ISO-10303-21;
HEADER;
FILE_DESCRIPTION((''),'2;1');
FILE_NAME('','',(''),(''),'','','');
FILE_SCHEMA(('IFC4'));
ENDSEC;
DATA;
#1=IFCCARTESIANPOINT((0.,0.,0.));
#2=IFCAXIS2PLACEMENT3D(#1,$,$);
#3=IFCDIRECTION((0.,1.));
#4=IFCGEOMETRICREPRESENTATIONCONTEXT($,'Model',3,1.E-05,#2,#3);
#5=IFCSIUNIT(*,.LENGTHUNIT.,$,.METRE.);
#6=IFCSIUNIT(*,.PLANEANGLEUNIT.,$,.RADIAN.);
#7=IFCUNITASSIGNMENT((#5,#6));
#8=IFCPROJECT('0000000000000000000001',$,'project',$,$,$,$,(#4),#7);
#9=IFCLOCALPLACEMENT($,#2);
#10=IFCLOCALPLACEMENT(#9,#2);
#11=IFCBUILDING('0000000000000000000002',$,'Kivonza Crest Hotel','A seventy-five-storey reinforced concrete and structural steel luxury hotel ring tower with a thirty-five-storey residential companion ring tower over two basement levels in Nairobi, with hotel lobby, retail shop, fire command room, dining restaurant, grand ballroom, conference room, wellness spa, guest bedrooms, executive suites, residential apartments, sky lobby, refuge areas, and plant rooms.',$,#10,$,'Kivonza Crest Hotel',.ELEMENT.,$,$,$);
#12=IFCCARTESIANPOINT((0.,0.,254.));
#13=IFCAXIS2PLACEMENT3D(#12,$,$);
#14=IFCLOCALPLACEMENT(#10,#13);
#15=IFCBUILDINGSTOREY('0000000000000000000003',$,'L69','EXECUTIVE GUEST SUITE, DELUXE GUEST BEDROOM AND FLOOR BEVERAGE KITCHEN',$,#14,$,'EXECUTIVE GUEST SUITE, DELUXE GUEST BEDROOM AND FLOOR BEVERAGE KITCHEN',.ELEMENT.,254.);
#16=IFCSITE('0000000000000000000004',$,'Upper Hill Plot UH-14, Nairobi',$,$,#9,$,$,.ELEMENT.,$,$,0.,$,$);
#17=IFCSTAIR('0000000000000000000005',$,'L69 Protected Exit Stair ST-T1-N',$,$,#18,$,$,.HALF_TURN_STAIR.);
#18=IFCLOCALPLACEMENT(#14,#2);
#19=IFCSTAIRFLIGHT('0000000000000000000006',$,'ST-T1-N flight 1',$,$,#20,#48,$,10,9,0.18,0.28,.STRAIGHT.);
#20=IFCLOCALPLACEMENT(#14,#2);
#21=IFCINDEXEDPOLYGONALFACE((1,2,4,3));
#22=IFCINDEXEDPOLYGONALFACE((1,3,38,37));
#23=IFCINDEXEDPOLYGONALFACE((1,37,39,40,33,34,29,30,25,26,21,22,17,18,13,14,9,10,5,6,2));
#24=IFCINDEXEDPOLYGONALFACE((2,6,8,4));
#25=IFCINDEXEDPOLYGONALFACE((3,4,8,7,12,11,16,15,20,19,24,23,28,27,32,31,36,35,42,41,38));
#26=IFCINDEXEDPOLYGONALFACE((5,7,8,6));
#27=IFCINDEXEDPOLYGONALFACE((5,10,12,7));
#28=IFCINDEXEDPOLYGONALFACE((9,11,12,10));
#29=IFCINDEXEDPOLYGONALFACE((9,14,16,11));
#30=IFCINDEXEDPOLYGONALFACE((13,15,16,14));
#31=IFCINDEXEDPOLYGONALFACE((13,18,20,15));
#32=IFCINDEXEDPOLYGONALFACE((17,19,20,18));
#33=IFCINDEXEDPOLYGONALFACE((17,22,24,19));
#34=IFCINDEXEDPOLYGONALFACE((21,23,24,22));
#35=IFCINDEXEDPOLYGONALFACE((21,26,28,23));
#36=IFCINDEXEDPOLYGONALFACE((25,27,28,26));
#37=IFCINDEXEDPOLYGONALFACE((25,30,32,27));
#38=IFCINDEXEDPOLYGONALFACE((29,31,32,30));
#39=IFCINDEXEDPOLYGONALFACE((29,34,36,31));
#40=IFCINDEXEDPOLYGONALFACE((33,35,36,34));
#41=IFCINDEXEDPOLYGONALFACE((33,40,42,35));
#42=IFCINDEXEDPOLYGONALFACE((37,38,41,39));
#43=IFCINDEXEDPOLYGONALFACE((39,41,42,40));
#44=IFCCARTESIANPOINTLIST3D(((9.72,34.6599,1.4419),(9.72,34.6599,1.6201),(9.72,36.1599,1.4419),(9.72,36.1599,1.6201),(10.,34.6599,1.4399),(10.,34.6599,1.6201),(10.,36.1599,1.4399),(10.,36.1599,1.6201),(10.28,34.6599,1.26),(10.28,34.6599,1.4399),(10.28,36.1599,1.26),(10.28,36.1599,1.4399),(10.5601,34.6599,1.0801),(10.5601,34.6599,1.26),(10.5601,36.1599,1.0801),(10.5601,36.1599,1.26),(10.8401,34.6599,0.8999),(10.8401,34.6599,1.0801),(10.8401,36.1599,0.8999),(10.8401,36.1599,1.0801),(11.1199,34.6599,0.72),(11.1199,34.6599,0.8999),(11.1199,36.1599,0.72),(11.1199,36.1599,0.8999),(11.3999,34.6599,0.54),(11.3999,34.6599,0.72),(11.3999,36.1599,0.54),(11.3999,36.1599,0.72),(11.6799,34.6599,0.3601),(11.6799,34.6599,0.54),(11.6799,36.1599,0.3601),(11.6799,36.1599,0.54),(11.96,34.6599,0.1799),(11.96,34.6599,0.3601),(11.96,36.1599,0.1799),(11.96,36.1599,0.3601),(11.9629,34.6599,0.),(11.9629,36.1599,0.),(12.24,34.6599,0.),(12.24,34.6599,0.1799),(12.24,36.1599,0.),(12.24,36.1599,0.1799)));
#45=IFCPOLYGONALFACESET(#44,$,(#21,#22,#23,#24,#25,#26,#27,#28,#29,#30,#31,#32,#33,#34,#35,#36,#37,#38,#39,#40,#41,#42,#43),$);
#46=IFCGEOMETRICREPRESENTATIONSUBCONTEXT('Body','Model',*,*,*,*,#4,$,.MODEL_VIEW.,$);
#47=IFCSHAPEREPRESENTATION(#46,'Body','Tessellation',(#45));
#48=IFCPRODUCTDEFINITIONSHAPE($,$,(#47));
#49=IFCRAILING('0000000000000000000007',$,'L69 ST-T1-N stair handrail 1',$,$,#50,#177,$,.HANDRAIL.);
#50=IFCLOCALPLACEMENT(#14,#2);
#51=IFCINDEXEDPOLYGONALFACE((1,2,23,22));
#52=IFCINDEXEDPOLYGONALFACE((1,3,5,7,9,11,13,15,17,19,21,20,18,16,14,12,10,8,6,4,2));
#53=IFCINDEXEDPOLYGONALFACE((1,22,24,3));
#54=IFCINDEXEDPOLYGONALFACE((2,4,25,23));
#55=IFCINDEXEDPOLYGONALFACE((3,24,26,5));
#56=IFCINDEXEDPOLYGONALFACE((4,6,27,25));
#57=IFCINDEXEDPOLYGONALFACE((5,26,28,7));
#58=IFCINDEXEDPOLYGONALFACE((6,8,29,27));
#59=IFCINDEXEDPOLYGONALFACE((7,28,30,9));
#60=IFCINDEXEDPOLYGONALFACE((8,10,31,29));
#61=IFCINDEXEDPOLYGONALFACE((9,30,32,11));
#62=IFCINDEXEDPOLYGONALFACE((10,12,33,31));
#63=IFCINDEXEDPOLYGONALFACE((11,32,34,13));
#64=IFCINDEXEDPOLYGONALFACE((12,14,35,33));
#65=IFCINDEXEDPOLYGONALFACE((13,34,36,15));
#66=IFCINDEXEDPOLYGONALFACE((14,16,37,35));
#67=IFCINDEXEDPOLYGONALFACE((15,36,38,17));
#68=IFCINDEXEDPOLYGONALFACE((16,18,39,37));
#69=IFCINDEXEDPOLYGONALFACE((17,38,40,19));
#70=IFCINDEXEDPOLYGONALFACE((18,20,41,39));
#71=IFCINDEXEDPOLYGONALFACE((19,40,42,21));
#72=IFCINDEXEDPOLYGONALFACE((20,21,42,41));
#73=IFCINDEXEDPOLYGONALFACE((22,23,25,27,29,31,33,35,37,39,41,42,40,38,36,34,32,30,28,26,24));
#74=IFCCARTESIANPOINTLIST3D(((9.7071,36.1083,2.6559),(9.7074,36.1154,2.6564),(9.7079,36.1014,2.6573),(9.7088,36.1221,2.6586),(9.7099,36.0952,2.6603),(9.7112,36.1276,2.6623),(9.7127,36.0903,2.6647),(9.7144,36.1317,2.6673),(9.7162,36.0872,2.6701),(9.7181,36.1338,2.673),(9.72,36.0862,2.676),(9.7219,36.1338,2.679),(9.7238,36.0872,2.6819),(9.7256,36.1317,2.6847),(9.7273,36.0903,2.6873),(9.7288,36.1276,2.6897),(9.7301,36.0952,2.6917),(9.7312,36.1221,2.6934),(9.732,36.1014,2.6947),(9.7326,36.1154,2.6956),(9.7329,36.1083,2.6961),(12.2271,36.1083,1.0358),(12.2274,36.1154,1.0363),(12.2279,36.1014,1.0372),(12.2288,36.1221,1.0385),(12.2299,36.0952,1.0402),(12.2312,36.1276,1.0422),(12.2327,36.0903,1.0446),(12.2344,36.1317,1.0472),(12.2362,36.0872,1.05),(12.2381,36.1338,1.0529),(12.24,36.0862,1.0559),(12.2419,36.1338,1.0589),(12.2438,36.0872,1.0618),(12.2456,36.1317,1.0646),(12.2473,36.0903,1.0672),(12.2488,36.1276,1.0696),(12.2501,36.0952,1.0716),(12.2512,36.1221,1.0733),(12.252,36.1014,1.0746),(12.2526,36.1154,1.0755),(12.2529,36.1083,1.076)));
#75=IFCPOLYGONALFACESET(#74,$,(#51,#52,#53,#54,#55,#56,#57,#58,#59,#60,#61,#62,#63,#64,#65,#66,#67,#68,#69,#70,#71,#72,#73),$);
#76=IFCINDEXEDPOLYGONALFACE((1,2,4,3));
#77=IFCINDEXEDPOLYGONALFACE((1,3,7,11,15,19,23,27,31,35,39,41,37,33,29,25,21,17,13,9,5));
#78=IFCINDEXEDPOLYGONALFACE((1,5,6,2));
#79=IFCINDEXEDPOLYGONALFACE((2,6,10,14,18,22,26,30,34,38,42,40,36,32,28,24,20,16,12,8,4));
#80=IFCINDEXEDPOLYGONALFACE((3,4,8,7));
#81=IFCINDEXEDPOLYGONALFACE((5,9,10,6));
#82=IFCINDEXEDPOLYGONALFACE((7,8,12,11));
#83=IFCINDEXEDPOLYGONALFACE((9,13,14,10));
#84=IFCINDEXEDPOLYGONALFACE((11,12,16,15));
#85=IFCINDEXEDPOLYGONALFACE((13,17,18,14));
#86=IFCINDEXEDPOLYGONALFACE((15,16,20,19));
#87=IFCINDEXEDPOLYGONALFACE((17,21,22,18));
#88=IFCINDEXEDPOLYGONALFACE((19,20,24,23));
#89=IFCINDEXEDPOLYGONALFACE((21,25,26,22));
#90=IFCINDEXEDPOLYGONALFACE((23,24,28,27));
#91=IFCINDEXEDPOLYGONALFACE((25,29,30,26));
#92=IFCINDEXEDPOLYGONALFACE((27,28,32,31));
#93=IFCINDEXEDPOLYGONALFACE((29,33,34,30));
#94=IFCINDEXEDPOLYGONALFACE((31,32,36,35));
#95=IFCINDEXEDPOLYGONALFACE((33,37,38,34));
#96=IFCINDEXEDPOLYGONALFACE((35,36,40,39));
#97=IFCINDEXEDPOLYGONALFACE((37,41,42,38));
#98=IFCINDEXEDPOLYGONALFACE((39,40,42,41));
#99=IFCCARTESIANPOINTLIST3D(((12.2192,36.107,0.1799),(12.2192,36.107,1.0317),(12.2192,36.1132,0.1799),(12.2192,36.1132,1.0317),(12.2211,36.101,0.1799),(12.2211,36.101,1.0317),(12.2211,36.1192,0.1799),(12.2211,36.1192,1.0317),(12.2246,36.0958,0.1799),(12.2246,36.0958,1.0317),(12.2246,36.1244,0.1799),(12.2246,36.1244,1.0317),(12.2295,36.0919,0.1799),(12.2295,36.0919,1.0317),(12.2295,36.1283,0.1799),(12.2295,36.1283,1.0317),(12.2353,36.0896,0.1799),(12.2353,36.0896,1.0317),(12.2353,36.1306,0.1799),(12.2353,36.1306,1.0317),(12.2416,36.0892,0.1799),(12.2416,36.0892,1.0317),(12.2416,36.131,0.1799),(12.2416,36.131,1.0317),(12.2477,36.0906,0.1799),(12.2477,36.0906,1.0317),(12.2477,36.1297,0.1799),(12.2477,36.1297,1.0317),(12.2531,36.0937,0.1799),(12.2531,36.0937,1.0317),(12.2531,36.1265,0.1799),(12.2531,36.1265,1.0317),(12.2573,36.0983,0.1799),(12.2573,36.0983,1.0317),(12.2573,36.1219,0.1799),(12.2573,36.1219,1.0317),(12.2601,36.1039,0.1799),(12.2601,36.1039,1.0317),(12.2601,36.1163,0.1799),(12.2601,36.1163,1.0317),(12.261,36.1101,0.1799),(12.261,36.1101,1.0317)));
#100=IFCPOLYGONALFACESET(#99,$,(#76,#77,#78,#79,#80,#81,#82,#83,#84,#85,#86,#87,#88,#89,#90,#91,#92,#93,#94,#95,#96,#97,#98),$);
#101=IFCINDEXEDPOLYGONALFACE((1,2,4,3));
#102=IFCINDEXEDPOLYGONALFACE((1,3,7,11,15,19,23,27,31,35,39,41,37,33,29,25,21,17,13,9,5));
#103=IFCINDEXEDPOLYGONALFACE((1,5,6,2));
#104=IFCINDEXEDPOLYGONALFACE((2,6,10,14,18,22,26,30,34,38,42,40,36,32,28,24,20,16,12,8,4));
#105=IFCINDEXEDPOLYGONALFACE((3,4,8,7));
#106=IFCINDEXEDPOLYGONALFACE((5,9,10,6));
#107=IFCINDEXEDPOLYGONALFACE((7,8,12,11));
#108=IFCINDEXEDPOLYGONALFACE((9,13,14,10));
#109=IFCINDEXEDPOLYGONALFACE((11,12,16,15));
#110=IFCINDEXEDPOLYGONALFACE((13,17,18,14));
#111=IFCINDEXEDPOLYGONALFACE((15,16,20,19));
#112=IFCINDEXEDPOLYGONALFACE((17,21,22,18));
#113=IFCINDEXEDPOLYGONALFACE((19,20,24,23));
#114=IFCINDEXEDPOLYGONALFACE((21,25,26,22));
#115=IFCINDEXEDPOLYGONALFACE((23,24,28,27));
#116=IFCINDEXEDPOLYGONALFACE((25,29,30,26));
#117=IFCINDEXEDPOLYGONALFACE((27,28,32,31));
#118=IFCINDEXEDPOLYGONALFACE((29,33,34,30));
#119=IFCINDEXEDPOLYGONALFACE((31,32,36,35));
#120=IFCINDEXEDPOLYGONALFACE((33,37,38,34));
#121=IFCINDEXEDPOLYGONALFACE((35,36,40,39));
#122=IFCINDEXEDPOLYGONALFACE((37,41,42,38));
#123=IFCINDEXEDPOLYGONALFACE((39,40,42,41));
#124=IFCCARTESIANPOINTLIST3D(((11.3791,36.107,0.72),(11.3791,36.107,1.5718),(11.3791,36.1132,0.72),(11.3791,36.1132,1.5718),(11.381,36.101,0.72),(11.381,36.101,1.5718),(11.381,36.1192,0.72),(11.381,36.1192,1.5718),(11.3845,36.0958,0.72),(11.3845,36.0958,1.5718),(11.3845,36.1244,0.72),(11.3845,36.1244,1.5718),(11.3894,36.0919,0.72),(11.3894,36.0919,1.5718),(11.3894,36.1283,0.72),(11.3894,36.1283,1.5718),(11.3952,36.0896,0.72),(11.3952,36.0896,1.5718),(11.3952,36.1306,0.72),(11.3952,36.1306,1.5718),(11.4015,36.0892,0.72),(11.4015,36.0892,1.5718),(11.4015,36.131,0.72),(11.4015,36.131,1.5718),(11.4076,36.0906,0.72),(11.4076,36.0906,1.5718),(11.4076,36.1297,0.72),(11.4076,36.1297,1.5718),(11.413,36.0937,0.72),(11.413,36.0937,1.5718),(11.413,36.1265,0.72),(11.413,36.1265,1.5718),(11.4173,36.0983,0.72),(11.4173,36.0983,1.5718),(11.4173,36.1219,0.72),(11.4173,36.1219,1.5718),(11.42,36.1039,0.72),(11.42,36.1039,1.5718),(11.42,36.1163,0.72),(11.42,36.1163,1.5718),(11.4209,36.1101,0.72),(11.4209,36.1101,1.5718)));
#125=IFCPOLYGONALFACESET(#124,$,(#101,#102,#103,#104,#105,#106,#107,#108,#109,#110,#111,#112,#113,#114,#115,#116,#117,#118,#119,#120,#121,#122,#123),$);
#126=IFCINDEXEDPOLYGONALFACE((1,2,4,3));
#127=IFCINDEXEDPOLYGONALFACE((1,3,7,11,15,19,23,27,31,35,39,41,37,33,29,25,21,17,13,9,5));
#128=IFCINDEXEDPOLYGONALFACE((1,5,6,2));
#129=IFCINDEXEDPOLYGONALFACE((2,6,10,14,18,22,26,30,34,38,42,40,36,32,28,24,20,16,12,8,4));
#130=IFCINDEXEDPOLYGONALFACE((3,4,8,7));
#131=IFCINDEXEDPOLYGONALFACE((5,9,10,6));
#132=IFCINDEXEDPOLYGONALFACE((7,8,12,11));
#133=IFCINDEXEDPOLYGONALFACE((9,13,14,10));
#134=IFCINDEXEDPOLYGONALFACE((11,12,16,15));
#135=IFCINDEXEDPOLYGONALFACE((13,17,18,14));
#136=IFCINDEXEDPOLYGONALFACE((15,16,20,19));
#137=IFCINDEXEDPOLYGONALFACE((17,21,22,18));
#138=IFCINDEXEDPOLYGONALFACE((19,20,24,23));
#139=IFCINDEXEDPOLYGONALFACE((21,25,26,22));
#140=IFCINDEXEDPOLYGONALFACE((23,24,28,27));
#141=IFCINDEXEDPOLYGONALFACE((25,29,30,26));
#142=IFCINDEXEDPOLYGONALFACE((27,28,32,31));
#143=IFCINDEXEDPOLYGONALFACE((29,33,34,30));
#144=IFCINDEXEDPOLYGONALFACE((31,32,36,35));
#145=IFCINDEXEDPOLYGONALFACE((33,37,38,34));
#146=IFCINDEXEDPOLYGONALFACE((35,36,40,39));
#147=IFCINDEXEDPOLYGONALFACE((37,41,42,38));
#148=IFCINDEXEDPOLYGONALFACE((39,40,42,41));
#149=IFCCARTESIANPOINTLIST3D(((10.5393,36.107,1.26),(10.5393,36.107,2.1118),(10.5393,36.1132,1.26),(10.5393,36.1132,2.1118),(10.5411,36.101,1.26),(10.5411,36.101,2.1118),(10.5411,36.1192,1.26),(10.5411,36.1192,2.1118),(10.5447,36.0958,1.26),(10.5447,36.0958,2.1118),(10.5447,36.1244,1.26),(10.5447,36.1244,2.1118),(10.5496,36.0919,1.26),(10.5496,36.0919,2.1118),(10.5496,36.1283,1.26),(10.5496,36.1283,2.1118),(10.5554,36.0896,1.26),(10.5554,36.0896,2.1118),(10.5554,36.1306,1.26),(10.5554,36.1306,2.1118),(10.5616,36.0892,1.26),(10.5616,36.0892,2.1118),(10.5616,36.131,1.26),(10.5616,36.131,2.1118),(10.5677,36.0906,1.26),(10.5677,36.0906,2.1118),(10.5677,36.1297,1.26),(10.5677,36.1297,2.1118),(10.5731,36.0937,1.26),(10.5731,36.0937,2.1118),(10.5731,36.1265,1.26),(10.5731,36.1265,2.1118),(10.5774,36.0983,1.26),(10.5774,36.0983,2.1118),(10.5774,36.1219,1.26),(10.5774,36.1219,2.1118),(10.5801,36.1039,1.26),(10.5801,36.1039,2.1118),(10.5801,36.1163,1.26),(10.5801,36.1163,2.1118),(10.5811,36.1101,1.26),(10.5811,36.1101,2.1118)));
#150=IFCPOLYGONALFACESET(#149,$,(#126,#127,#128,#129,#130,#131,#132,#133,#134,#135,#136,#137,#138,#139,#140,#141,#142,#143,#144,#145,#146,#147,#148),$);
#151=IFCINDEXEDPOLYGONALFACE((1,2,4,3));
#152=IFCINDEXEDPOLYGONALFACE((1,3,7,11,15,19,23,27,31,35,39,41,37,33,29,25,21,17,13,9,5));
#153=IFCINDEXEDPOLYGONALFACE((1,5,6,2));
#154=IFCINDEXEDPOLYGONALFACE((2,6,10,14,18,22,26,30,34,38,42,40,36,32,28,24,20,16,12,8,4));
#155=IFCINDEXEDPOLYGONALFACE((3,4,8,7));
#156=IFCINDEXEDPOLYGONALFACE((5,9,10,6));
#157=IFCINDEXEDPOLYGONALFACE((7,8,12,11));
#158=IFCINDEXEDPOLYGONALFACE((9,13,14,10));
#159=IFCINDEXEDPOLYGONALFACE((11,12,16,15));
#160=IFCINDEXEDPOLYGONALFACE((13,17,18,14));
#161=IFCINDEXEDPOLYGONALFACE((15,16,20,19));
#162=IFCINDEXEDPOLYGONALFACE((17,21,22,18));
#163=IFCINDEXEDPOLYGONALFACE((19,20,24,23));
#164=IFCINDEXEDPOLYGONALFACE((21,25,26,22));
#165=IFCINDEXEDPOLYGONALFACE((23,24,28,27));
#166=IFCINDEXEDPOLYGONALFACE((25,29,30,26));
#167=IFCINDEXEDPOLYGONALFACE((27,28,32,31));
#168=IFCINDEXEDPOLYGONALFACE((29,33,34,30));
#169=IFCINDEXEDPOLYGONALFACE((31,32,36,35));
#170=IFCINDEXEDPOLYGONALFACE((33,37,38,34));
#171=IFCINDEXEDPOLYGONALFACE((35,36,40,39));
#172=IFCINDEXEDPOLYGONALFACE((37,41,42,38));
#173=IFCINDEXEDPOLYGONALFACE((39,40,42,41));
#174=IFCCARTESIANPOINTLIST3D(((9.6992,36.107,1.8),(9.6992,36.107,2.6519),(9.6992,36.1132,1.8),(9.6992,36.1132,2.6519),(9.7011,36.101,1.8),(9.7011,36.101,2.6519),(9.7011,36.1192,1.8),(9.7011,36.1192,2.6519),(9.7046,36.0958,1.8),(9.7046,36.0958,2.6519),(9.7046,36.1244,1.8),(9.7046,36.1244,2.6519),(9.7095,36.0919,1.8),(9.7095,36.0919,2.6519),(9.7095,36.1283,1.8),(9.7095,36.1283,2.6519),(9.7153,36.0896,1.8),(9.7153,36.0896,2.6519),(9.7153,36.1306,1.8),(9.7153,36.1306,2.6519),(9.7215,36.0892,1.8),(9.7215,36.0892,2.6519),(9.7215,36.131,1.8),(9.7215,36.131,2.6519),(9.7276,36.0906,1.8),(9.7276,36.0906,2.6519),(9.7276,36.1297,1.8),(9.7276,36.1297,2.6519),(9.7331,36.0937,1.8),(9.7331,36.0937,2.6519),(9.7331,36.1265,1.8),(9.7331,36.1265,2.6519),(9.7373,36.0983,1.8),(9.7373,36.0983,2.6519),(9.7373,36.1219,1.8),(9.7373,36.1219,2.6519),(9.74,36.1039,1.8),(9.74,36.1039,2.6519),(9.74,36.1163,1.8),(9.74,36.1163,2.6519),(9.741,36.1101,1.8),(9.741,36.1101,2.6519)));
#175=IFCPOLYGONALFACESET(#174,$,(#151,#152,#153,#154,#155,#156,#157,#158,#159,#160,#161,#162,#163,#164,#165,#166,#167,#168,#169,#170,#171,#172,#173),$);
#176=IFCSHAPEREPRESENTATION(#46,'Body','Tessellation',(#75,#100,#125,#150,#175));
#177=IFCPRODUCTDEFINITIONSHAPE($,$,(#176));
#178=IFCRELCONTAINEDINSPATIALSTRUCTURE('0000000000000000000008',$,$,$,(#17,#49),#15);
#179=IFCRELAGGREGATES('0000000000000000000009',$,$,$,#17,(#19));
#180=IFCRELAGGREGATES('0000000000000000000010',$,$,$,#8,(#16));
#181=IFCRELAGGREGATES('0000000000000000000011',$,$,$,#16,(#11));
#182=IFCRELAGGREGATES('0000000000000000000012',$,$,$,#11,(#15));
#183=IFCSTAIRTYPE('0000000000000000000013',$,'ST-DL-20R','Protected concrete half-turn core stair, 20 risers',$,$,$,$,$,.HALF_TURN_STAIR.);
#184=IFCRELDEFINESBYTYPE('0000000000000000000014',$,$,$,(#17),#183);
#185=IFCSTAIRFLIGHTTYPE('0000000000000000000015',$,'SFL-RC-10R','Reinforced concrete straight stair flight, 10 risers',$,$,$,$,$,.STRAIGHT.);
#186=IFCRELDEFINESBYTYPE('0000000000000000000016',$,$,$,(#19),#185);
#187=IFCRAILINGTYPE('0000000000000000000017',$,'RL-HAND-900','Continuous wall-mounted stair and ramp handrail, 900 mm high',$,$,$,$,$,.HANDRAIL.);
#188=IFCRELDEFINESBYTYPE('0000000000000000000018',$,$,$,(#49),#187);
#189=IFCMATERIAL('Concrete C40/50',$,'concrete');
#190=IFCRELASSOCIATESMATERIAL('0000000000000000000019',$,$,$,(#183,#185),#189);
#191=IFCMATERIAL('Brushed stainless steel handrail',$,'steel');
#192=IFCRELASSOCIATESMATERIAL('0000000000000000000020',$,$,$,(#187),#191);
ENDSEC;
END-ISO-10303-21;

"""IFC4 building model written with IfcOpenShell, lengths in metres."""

from ifc_helpers import new_model, si_unit, direction, frame, origin, origin_2d, place, context, subcontext, project, spatial, polyline, circle, outline, extrude, material, type_object, element, aggregate, save


model = new_model("IFC4")

# Units and contexts
model_context = context("Model", 3, precision=1e-05, world=origin(), true_north=direction((0.0, 1.0)))
body_context = subcontext(model_context, "Body", "Model", "MODEL_VIEW")
ifc_project = project(units=[si_unit("LENGTHUNIT", "METRE"), si_unit("PLANEANGLEUNIT", "RADIAN")], contexts=[model_context])

# Site, building, storey
site_placement = place(None, origin())
site = spatial("IfcSite", under=ifc_project, at=site_placement, Name="Upper Hill Plot UH-14, Nairobi", CompositionType="ELEMENT", RefElevation=0.0)
building_placement = place(site_placement, origin())
building = spatial("IfcBuilding", under=site, at=building_placement, Name="Kivonza Crest Hotel", Description="A seventy-five-storey reinforced concrete and structural steel luxury hotel ring tower with a thirty-five-storey residential companion ring tower over two basement levels in Nairobi, with hotel lobby, retail shop, fire command room, dining restaurant, grand ballroom, conference room, wellness spa, guest bedrooms, executive suites, residential apartments, sky lobby, refuge areas, and plant rooms.", LongName="Kivonza Crest Hotel", CompositionType="ELEMENT")
storey_placement = place(building_placement, frame((0.0, 0.0, 254.0)))
storey = spatial("IfcBuildingStorey", under=building, at=storey_placement, Name="L69", Description="EXECUTIVE GUEST SUITE, DELUXE GUEST BEDROOM AND FLOOR BEVERAGE KITCHEN", LongName="EXECUTIVE GUEST SUITE, DELUXE GUEST BEDROOM AND FLOOR BEVERAGE KITCHEN", CompositionType="ELEMENT", Elevation=254.0)

# Stair, stair flight
ifc_material_1 = material(Name="Concrete C40/50", Category="concrete")
stair_type = type_object("IfcStairType", Name="ST-DL-20R", Description="Protected concrete half-turn core stair, 20 risers", PredefinedType="HALF_TURN_STAIR", material=ifc_material_1)
stair_placement = place(storey_placement, origin())
stair = element("IfcStair", 1, at=stair_placement, inside=storey, type_object=stair_type, Name="L69 Protected Exit Stair ST-T1-N", PredefinedType="HALF_TURN_STAIR")
stair_flight_type = type_object("IfcStairFlightType", Name="SFL-RC-10R", Description="Reinforced concrete straight stair flight, 10 risers", PredefinedType="STRAIGHT", material=ifc_material_1)
stair_flight_placement = place(storey_placement, frame((12.24, 35.4099, 0.0), z_axis=(0.0, 0.0, 1.0), x_axis=(-1.0, 0.0, 0.0)))
stair_flight = element("IfcStairFlight", 2, at=stair_flight_placement, type_object=stair_flight_type, Name="ST-T1-N flight 1", NumberOfRisers=10, NumberOfTreads=9, PredefinedType="STRAIGHT", RiserHeight=0.18, TreadLength=0.28, context=body_context, shape_type="SweptSolid", body=[
    extrude(outline(polyline([(0.0, 0.0), (0.0, 0.1799), (0.28, 0.1799), (0.28, 0.3601), (0.5601, 0.3601), (0.5601, 0.54), (0.8401, 0.54), (0.8401, 0.72), (1.1201, 0.72), (1.1201, 0.8999), (1.3999, 0.8999), (1.3999, 1.0801), (1.6799, 1.0801), (1.6799, 1.26), (1.96, 1.26), (1.96, 1.4399), (2.24, 1.4399), (2.24, 1.6201), (2.52, 1.6201), (2.52, 1.8), (2.52, 1.4419), (0.2771, 0.0), (0.0, 0.0)])), frame((0.0, 0.75, 0.0), z_axis=(0.0, -1.0, 0.0), x_axis=(1.0, 0.0, 0.0)), (0.0, 0.0, 1.0), 1.5),
])
aggregate(stair, [stair_flight])

# Railing
ifc_material_2 = material(Name="Brushed stainless steel handrail", Category="steel")
railing_type_1 = type_object("IfcRailingType", Name="RL-HAND-900", Description="Continuous wall-mounted stair and ramp handrail, 900 mm high", PredefinedType="HANDRAIL", material=ifc_material_2)
railing_1_placement = place(storey_placement, frame((12.24, 36.1101, 0.1799)))
element("IfcRailing", 3, at=railing_1_placement, inside=storey, type_object=railing_type_1, Name="L69 ST-T1-N stair handrail 1", PredefinedType="HANDRAIL", context=body_context, shape_type="SweptSolid", body=[
    extrude(circle(Radius=0.0239, at=origin_2d()), frame((0.0, 0.0, 0.876), z_axis=(-0.841163, 0.0, 0.540782), x_axis=(0.0, -1.0, 0.0)), (0.0, 0.0, 1.0), 2.9958),
    extrude(circle(Radius=0.021, at=origin_2d()), origin(), (0.0, 0.0, 1.0), 0.8518),
    extrude(circle(Radius=0.021, at=origin_2d()), frame((-0.8401, 0.0, 0.54)), (0.0, 0.0, 1.0), 0.8518),
    extrude(circle(Radius=0.021, at=origin_2d()), frame((-1.6799, 0.0, 1.0801)), (0.0, 0.0, 1.0), 0.8518),
    extrude(circle(Radius=0.021, at=origin_2d()), frame((-2.52, 0.0, 1.6201)), (0.0, 0.0, 1.0), 0.8518),
])

save(model, "model.ifc")
